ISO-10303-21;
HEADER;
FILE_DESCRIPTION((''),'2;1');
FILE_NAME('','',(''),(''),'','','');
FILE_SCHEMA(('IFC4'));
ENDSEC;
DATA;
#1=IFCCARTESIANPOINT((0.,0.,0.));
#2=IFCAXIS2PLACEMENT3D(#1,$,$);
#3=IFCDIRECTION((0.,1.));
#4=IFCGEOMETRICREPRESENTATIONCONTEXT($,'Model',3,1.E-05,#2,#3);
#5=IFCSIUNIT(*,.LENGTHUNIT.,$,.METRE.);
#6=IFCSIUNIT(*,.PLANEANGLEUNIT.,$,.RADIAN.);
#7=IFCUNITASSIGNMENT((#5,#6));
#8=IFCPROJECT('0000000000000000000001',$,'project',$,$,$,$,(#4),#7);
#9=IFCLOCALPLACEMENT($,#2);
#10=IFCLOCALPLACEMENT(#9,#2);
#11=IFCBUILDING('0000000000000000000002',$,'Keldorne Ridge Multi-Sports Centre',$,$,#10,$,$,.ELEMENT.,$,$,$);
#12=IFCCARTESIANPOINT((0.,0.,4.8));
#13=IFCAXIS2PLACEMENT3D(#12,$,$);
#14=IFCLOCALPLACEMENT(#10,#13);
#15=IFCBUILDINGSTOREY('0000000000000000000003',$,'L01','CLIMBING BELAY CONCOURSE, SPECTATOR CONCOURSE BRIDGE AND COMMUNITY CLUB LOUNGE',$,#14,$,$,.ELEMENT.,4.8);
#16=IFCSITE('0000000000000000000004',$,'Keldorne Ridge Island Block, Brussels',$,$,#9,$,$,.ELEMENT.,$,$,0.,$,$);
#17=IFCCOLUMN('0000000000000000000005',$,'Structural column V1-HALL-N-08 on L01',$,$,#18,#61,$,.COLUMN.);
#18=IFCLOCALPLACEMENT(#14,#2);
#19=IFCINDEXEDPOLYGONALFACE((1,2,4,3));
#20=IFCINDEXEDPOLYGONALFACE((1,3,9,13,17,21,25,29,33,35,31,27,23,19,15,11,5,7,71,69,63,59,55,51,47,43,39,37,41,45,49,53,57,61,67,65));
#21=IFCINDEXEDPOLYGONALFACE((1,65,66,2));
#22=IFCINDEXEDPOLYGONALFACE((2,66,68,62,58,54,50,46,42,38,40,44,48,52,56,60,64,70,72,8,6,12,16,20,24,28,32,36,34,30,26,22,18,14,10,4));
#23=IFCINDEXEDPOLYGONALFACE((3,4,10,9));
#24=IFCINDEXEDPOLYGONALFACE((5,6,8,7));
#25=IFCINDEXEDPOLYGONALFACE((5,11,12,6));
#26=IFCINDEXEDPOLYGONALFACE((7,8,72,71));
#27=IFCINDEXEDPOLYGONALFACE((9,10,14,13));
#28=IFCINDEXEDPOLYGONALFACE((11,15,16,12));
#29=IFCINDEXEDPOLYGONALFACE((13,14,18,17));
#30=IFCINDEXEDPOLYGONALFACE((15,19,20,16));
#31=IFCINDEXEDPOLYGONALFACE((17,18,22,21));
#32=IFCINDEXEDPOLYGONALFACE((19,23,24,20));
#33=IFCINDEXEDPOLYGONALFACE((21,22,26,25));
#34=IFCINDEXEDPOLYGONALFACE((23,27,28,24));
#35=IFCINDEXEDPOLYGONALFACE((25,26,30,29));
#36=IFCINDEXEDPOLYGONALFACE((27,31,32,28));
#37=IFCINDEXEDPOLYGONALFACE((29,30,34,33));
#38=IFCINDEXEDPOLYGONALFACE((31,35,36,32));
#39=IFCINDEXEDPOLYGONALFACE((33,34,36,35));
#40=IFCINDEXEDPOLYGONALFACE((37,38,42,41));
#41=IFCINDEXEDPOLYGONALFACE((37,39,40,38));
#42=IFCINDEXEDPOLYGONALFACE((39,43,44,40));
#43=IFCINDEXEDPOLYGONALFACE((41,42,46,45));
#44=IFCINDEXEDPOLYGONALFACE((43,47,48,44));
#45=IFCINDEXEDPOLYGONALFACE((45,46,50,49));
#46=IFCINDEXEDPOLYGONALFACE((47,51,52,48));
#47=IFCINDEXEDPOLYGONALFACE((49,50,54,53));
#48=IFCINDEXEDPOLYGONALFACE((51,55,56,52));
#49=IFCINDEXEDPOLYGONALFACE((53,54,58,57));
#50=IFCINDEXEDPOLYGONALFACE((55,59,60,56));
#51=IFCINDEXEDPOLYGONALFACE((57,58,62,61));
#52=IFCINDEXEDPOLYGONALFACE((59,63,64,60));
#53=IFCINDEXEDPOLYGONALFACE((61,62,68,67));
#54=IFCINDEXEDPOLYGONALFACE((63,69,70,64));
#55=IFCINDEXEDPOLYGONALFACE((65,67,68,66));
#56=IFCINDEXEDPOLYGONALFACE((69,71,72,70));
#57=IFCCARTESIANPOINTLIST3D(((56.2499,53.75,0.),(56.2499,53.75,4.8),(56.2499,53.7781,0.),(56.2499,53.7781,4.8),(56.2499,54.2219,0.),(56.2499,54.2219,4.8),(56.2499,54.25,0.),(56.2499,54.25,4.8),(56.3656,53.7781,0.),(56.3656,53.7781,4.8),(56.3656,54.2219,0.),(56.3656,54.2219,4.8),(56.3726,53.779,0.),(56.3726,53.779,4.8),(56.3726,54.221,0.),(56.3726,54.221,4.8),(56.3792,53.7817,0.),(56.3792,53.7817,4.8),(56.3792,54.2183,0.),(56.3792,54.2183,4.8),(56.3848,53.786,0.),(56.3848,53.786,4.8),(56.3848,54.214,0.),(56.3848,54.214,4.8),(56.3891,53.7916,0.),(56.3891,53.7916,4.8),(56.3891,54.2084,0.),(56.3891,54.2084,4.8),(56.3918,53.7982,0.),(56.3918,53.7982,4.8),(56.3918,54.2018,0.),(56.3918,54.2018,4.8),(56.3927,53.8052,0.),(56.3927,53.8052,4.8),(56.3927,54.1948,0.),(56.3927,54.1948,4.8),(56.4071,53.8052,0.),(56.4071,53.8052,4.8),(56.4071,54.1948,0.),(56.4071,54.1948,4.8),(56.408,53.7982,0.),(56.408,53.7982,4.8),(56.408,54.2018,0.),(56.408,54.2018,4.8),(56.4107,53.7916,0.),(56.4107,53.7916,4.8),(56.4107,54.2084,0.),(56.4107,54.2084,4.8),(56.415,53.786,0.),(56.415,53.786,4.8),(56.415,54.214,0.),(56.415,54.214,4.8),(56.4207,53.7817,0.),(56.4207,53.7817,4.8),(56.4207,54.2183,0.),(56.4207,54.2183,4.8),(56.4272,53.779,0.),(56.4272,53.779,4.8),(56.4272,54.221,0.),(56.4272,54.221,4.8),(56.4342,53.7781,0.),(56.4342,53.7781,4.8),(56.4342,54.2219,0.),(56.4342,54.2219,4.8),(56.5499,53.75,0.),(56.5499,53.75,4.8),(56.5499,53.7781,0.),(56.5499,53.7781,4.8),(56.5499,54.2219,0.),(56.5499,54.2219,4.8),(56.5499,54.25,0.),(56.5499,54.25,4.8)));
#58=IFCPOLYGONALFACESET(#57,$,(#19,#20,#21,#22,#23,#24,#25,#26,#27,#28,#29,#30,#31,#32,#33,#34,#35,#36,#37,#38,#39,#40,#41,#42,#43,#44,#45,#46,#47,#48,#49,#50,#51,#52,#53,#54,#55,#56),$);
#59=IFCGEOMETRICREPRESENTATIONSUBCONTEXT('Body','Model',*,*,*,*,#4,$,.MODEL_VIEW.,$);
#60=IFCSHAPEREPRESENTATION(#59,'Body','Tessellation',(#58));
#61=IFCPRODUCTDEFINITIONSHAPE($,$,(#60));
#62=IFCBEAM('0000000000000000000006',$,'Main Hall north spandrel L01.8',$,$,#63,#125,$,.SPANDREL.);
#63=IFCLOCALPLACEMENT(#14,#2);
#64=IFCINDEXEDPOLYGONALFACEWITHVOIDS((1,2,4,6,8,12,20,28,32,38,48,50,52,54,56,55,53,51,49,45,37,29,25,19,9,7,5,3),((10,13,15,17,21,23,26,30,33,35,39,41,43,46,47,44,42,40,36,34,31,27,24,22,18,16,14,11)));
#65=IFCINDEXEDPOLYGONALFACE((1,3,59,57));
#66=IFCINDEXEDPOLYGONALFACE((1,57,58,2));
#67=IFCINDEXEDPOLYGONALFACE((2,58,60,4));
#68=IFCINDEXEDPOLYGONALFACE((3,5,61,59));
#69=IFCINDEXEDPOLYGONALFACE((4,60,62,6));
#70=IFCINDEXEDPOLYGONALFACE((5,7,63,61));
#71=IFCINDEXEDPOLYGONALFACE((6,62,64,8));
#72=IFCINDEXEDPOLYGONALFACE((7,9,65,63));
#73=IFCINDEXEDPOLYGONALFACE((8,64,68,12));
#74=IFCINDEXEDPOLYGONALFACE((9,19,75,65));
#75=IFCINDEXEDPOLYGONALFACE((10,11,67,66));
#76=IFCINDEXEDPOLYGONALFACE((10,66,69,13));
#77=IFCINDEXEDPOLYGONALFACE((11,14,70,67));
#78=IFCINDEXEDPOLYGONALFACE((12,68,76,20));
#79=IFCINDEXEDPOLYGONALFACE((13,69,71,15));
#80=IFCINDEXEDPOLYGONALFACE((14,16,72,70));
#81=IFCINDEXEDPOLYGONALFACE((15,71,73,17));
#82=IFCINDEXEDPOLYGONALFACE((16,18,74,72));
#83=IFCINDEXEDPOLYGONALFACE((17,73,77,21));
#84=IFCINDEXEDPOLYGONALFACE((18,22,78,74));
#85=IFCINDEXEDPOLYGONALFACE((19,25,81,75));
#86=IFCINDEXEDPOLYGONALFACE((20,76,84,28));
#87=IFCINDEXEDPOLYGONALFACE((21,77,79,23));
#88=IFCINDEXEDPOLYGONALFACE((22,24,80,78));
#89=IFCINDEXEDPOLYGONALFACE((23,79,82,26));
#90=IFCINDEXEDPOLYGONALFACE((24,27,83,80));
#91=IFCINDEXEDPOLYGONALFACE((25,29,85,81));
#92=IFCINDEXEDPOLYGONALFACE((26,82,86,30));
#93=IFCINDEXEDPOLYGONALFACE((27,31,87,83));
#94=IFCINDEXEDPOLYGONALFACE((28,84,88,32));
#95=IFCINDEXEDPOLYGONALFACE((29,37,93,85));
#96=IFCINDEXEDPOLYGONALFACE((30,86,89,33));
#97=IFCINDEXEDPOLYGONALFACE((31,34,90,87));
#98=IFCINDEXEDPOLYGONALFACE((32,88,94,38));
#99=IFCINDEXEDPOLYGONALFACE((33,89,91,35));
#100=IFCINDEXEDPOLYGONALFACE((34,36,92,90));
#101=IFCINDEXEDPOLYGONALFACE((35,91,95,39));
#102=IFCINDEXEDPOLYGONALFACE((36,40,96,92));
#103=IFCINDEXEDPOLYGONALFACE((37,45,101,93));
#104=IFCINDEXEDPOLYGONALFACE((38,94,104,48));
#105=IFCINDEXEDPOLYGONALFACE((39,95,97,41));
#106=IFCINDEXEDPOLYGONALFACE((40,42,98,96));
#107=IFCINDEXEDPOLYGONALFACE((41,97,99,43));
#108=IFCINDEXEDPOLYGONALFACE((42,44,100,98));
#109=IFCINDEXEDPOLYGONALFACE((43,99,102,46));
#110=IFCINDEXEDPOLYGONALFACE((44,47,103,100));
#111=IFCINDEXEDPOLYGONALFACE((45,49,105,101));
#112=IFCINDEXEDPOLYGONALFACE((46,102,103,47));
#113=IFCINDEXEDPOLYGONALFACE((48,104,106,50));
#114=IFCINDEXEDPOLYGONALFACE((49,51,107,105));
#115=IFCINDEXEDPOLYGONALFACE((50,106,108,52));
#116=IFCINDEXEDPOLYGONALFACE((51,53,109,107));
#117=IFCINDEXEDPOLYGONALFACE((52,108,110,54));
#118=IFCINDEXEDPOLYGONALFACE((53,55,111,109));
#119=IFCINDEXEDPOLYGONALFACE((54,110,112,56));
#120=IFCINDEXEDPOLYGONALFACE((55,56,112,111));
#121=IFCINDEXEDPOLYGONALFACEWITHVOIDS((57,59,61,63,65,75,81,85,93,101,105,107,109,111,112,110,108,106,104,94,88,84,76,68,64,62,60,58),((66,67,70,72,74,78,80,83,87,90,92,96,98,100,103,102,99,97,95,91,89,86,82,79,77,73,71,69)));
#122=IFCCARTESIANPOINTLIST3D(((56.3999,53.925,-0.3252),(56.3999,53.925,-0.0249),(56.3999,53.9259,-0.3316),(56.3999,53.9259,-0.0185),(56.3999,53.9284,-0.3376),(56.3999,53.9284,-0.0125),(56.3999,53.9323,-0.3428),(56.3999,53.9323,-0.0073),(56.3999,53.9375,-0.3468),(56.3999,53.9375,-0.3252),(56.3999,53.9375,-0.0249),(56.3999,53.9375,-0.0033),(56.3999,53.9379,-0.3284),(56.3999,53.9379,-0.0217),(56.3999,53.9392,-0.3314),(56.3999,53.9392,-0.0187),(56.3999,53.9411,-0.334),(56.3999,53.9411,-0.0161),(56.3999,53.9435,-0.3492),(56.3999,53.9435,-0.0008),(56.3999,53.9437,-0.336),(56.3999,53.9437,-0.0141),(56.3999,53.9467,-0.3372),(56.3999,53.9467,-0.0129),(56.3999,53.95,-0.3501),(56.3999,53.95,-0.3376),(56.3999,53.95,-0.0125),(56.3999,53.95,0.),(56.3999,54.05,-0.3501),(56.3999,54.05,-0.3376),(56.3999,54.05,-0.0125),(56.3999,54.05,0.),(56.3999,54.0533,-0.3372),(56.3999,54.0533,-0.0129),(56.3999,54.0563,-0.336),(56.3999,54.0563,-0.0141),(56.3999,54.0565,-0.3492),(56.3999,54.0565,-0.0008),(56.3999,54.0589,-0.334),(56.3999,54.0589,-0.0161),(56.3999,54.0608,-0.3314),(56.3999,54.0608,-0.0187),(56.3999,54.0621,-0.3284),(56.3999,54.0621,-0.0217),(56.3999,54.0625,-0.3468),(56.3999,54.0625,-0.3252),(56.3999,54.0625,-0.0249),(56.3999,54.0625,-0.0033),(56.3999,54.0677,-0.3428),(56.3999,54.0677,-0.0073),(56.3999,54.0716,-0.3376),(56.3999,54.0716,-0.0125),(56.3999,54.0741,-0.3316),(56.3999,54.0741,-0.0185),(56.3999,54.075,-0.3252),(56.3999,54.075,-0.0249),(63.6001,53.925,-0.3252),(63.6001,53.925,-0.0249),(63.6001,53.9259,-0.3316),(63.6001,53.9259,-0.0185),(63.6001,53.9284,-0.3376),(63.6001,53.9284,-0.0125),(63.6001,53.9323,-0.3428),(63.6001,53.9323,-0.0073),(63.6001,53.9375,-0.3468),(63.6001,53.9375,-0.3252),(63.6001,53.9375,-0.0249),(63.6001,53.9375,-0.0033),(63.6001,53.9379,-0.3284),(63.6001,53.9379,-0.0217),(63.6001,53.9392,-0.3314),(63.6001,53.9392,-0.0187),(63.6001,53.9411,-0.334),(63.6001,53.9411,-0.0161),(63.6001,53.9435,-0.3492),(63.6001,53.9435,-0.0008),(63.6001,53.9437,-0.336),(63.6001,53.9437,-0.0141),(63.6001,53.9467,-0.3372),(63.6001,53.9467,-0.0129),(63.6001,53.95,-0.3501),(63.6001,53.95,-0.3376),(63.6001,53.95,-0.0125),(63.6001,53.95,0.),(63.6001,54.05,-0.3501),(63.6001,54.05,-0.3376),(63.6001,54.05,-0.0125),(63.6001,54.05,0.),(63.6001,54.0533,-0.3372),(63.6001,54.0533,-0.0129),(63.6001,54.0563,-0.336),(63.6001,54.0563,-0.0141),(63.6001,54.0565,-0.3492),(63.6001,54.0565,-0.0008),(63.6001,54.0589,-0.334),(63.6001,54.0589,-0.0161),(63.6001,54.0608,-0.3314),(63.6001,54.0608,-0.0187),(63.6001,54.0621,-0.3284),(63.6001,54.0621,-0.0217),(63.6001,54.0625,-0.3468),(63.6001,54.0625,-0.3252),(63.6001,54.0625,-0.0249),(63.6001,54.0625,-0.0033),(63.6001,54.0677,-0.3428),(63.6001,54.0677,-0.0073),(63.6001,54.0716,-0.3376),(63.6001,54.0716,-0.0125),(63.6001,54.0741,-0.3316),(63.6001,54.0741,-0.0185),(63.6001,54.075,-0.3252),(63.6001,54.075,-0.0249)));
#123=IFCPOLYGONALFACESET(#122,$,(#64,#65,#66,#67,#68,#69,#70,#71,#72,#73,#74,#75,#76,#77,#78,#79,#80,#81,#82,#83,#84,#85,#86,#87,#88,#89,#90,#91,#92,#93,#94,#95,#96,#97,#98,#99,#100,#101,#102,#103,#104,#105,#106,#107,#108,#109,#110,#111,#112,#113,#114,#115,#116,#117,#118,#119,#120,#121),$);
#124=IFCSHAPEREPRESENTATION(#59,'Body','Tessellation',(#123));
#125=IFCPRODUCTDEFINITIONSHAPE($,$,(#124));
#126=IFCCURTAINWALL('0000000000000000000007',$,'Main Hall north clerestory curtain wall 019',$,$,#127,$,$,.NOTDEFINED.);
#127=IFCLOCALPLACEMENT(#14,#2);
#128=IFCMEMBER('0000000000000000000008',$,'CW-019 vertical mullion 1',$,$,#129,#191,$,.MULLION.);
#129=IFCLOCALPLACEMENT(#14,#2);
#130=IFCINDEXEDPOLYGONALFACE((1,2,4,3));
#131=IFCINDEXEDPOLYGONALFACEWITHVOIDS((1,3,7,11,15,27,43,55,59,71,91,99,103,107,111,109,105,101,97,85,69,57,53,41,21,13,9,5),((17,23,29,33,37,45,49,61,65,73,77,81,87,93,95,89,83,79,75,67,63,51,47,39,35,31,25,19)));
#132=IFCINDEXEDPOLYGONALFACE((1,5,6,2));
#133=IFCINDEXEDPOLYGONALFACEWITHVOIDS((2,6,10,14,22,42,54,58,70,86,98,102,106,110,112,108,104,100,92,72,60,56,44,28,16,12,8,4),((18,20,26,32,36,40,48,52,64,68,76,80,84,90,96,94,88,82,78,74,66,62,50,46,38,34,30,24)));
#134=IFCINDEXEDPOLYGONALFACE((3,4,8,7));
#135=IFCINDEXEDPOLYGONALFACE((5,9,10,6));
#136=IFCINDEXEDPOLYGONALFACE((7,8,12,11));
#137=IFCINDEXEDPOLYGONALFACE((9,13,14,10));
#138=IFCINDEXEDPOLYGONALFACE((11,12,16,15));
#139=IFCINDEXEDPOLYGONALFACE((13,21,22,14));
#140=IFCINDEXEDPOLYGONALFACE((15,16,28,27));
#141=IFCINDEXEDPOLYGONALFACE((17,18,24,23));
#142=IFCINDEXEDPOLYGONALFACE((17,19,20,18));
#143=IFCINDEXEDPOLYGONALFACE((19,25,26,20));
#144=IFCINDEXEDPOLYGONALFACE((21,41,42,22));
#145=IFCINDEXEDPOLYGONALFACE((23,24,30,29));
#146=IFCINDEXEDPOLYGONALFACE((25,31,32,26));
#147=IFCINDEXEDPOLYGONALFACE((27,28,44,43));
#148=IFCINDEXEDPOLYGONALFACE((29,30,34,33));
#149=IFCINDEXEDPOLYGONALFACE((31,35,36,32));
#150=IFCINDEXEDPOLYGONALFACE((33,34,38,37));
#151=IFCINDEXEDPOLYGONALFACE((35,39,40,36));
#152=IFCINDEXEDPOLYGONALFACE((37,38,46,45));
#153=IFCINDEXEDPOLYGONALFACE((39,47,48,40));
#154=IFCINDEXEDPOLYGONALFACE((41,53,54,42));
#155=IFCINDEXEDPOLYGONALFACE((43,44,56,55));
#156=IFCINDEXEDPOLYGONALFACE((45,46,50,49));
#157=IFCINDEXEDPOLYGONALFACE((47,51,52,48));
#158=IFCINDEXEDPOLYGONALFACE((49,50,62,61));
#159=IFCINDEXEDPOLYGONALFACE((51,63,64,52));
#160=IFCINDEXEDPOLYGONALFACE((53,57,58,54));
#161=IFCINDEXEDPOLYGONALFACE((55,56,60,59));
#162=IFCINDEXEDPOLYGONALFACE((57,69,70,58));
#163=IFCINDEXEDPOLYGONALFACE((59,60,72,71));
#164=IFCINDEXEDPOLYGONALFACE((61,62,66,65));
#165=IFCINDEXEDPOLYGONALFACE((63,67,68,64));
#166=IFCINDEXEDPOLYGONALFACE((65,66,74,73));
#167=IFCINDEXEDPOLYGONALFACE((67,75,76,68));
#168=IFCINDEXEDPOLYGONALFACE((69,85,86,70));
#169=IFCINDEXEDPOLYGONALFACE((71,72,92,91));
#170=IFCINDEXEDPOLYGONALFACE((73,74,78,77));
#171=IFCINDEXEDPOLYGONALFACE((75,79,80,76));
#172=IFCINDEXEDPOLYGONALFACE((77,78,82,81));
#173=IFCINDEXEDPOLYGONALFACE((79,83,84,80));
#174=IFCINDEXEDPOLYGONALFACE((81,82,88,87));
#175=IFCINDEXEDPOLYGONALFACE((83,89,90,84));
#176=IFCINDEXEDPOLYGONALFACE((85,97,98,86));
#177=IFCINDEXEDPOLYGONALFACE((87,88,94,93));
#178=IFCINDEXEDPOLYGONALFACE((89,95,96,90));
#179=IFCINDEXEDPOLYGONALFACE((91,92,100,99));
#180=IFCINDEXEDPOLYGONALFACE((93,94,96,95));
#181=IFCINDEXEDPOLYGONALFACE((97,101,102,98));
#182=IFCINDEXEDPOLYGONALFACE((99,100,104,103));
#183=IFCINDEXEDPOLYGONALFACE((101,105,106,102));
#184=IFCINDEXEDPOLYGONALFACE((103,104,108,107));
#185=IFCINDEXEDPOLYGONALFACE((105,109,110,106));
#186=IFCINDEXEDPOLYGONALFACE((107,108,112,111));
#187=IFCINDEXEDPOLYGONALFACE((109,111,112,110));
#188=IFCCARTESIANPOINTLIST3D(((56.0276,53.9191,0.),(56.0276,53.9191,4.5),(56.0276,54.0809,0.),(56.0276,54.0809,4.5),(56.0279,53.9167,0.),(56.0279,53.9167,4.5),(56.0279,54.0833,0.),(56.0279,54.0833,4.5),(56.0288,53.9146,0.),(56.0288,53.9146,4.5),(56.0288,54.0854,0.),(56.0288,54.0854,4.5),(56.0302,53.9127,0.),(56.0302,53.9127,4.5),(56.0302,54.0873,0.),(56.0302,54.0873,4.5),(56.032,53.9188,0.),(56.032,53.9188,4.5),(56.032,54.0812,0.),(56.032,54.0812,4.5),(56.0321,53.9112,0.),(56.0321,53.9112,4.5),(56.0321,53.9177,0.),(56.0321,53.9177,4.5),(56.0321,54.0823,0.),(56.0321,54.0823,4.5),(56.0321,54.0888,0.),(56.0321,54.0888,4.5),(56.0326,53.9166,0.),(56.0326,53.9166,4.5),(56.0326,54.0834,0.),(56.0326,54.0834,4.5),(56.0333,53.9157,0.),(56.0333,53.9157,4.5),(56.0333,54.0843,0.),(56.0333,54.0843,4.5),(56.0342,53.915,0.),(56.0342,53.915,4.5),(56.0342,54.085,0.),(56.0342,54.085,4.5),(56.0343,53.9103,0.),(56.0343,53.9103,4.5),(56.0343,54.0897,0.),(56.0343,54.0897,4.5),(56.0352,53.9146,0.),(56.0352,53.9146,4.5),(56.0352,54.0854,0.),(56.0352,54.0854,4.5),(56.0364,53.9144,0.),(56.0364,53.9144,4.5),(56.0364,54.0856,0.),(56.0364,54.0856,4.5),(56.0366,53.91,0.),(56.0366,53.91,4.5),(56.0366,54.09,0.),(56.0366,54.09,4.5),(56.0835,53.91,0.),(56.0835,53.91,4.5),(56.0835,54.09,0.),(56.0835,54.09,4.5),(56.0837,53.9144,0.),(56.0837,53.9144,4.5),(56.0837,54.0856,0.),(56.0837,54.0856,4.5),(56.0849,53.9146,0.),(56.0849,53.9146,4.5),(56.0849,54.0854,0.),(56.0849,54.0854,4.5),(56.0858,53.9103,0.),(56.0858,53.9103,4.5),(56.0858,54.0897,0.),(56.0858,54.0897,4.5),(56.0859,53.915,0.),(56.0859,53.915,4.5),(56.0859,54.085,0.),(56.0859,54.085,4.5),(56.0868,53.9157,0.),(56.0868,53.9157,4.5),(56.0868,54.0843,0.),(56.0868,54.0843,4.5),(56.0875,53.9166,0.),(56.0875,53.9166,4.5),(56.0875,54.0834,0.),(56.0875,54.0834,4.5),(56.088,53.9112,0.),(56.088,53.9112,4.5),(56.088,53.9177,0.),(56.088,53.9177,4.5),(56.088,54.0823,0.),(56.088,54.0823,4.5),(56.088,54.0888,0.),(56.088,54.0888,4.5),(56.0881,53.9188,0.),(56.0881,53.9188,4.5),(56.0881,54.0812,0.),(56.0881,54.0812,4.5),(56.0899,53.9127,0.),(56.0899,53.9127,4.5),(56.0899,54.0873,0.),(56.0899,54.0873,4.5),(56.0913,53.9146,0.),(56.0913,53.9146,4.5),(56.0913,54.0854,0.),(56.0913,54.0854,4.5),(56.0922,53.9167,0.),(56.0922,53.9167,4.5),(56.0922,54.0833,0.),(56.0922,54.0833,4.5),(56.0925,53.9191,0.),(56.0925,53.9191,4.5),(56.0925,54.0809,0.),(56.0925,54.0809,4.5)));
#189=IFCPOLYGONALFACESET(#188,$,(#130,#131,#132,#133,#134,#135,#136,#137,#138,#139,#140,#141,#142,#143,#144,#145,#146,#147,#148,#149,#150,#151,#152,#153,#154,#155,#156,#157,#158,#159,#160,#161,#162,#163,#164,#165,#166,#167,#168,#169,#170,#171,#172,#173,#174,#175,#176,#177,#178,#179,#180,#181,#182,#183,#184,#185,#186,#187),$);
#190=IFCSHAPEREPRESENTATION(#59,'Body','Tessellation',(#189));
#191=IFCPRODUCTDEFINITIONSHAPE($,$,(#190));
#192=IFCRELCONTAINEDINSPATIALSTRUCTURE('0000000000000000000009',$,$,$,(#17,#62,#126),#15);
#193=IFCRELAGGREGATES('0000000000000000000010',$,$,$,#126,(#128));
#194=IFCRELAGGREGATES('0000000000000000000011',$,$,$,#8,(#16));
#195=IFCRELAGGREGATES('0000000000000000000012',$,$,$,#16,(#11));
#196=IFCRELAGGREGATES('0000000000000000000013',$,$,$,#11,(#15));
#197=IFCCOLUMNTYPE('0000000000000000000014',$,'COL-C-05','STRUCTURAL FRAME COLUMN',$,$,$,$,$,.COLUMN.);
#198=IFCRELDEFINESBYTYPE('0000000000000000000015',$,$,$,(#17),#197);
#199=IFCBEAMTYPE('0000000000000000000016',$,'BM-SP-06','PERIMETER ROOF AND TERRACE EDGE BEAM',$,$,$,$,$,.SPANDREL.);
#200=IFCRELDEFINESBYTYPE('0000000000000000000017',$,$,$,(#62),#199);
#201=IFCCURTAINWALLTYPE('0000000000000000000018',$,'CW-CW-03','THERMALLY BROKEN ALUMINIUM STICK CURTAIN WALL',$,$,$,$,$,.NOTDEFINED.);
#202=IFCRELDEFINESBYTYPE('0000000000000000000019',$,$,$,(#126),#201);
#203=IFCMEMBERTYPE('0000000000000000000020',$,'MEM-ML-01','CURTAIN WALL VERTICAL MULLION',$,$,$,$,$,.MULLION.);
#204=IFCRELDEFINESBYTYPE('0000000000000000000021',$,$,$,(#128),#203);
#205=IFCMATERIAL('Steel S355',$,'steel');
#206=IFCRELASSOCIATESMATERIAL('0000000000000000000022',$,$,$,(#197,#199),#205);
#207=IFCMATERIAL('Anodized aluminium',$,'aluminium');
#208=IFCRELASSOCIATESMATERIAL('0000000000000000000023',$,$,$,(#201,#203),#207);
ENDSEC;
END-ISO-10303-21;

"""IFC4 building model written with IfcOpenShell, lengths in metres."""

from ifc_helpers import new_model, si_unit, direction, frame, origin, origin_2d, place, context, subcontext, project, spatial, hollow_rectangle, i_section, extrude, material, material_profile, profile_set, type_object, element, aggregate, save


model = new_model("IFC4")

# Units and contexts
model_context = context("Model", 3, precision=1e-05, world=origin(), true_north=direction((0.0, 1.0)))
body_context = subcontext(model_context, "Body", "Model", "MODEL_VIEW")
ifc_project = project(units=[si_unit("LENGTHUNIT", "METRE"), si_unit("PLANEANGLEUNIT", "RADIAN")], contexts=[model_context])

# Site, building, storey
site_placement = place(None, origin())
site = spatial("IfcSite", under=ifc_project, at=site_placement, Name="Keldorne Ridge Island Block, Brussels", CompositionType="ELEMENT", RefElevation=0.0)
building_placement = place(site_placement, origin())
building = spatial("IfcBuilding", under=site, at=building_placement, Name="Keldorne Ridge Multi-Sports Centre", CompositionType="ELEMENT")
storey_placement = place(building_placement, frame((0.0, 0.0, 4.8)))
storey = spatial("IfcBuildingStorey", under=building, at=storey_placement, Name="L01", Description="CLIMBING BELAY CONCOURSE, SPECTATOR CONCOURSE BRIDGE AND COMMUNITY CLUB LOUNGE", CompositionType="ELEMENT", Elevation=4.8)

# Column
ifc_material_1 = material(Name="Steel S355", Category="steel")
ifc_material_profile_1 = material_profile(ifc_material_1, i_section(OverallWidth=0.3, OverallDepth=0.5, WebThickness=0.0144, FlangeThickness=0.0281, FilletRadius=0.0271, at=origin_2d()), Name="HEB 500")
ifc_profile_set_1 = profile_set([ifc_material_profile_1], Name="Steel S355")
column_type = type_object("IfcColumnType", Name="COL-C-05", Description="STRUCTURAL FRAME COLUMN", PredefinedType="COLUMN", material=ifc_profile_set_1)
column_placement = place(storey_placement, frame((56.3999, 54.0, 0.0), z_axis=(0.0, 0.0, 1.0), x_axis=(1.0, 0.0, 0.0)))
element("IfcColumn", 1, at=column_placement, inside=storey, type_object=column_type, Name="Structural column V1-HALL-N-08 on L01", PredefinedType="COLUMN", context=body_context, shape_type="SweptSolid", body=[
    extrude(i_section(OverallWidth=0.3, OverallDepth=0.5, WebThickness=0.0144, FlangeThickness=0.0281, FilletRadius=0.0271, at=origin_2d()), origin(), (0.0, 0.0, 1.0), 4.8),
])

# Beam
ifc_material_profile_2 = material_profile(ifc_material_1, hollow_rectangle(XDim=0.1499, YDim=0.3501, WallThickness=0.0125, InnerFilletRadius=0.0125, OuterFilletRadius=0.0249, at=origin_2d()), Name="RHS 350x150x12.5")
ifc_profile_set_2 = profile_set([ifc_material_profile_2], Name="Steel S355")
beam_type = type_object("IfcBeamType", Name="BM-SP-06", Description="PERIMETER ROOF AND TERRACE EDGE BEAM", PredefinedType="SPANDREL", material=ifc_profile_set_2)
beam_placement = place(storey_placement, frame((56.3999, 54.0, -0.175), z_axis=(1.0, 0.0, 0.0), x_axis=(0.0, 1.0, 0.0)))
element("IfcBeam", 2, at=beam_placement, inside=storey, type_object=beam_type, Name="Main Hall north spandrel L01.8", PredefinedType="SPANDREL", context=body_context, shape_type="SweptSolid", body=[
    extrude(hollow_rectangle(XDim=0.1499, YDim=0.3501, WallThickness=0.0125, InnerFilletRadius=0.0125, OuterFilletRadius=0.0249, at=origin_2d()), origin(), (0.0, 0.0, 1.0), 7.2002),
])

# Curtain wall, member
ifc_material_2 = material(Name="Anodized aluminium", Category="aluminium")
curtain_wall_type_1 = type_object("IfcCurtainWallType", Name="CW-CW-03", Description="THERMALLY BROKEN ALUMINIUM STICK CURTAIN WALL", PredefinedType="NOTDEFINED", material=ifc_material_2)
curtain_wall_1_placement = place(storey_placement, origin())
curtain_wall_1 = element("IfcCurtainWall", 3, at=curtain_wall_1_placement, inside=storey, type_object=curtain_wall_type_1, Name="Main Hall north clerestory curtain wall 019", PredefinedType="NOTDEFINED")
ifc_material_profile_3 = material_profile(ifc_material_2, hollow_rectangle(XDim=0.0649, YDim=0.1799, WallThickness=0.0044, InnerFilletRadius=0.0044, OuterFilletRadius=0.009, at=origin_2d()), Name="ALU MULLION 180x65x4.5")
ifc_profile_set_3 = profile_set([ifc_material_profile_3], Name="Anodized aluminium")
member_type_1 = type_object("IfcMemberType", Name="MEM-ML-01", Description="CURTAIN WALL VERTICAL MULLION", PredefinedType="MULLION", material=ifc_profile_set_3)
member_1_placement = place(storey_placement, frame((56.0601, 54.0, 0.0), z_axis=(0.0, 0.0, 1.0), x_axis=(1.0, 0.0, 0.0)))
member_1 = element("IfcMember", 4, at=member_1_placement, type_object=member_type_1, Name="CW-019 vertical mullion 1", PredefinedType="MULLION", context=body_context, shape_type="SweptSolid", body=[
    extrude(hollow_rectangle(XDim=0.0649, YDim=0.1799, WallThickness=0.0044, InnerFilletRadius=0.0044, OuterFilletRadius=0.009, at=origin_2d()), origin(), (0.0, 0.0, 1.0), 4.5),
])

aggregate(curtain_wall_1, [member_1])

save(model, "model.ifc")
